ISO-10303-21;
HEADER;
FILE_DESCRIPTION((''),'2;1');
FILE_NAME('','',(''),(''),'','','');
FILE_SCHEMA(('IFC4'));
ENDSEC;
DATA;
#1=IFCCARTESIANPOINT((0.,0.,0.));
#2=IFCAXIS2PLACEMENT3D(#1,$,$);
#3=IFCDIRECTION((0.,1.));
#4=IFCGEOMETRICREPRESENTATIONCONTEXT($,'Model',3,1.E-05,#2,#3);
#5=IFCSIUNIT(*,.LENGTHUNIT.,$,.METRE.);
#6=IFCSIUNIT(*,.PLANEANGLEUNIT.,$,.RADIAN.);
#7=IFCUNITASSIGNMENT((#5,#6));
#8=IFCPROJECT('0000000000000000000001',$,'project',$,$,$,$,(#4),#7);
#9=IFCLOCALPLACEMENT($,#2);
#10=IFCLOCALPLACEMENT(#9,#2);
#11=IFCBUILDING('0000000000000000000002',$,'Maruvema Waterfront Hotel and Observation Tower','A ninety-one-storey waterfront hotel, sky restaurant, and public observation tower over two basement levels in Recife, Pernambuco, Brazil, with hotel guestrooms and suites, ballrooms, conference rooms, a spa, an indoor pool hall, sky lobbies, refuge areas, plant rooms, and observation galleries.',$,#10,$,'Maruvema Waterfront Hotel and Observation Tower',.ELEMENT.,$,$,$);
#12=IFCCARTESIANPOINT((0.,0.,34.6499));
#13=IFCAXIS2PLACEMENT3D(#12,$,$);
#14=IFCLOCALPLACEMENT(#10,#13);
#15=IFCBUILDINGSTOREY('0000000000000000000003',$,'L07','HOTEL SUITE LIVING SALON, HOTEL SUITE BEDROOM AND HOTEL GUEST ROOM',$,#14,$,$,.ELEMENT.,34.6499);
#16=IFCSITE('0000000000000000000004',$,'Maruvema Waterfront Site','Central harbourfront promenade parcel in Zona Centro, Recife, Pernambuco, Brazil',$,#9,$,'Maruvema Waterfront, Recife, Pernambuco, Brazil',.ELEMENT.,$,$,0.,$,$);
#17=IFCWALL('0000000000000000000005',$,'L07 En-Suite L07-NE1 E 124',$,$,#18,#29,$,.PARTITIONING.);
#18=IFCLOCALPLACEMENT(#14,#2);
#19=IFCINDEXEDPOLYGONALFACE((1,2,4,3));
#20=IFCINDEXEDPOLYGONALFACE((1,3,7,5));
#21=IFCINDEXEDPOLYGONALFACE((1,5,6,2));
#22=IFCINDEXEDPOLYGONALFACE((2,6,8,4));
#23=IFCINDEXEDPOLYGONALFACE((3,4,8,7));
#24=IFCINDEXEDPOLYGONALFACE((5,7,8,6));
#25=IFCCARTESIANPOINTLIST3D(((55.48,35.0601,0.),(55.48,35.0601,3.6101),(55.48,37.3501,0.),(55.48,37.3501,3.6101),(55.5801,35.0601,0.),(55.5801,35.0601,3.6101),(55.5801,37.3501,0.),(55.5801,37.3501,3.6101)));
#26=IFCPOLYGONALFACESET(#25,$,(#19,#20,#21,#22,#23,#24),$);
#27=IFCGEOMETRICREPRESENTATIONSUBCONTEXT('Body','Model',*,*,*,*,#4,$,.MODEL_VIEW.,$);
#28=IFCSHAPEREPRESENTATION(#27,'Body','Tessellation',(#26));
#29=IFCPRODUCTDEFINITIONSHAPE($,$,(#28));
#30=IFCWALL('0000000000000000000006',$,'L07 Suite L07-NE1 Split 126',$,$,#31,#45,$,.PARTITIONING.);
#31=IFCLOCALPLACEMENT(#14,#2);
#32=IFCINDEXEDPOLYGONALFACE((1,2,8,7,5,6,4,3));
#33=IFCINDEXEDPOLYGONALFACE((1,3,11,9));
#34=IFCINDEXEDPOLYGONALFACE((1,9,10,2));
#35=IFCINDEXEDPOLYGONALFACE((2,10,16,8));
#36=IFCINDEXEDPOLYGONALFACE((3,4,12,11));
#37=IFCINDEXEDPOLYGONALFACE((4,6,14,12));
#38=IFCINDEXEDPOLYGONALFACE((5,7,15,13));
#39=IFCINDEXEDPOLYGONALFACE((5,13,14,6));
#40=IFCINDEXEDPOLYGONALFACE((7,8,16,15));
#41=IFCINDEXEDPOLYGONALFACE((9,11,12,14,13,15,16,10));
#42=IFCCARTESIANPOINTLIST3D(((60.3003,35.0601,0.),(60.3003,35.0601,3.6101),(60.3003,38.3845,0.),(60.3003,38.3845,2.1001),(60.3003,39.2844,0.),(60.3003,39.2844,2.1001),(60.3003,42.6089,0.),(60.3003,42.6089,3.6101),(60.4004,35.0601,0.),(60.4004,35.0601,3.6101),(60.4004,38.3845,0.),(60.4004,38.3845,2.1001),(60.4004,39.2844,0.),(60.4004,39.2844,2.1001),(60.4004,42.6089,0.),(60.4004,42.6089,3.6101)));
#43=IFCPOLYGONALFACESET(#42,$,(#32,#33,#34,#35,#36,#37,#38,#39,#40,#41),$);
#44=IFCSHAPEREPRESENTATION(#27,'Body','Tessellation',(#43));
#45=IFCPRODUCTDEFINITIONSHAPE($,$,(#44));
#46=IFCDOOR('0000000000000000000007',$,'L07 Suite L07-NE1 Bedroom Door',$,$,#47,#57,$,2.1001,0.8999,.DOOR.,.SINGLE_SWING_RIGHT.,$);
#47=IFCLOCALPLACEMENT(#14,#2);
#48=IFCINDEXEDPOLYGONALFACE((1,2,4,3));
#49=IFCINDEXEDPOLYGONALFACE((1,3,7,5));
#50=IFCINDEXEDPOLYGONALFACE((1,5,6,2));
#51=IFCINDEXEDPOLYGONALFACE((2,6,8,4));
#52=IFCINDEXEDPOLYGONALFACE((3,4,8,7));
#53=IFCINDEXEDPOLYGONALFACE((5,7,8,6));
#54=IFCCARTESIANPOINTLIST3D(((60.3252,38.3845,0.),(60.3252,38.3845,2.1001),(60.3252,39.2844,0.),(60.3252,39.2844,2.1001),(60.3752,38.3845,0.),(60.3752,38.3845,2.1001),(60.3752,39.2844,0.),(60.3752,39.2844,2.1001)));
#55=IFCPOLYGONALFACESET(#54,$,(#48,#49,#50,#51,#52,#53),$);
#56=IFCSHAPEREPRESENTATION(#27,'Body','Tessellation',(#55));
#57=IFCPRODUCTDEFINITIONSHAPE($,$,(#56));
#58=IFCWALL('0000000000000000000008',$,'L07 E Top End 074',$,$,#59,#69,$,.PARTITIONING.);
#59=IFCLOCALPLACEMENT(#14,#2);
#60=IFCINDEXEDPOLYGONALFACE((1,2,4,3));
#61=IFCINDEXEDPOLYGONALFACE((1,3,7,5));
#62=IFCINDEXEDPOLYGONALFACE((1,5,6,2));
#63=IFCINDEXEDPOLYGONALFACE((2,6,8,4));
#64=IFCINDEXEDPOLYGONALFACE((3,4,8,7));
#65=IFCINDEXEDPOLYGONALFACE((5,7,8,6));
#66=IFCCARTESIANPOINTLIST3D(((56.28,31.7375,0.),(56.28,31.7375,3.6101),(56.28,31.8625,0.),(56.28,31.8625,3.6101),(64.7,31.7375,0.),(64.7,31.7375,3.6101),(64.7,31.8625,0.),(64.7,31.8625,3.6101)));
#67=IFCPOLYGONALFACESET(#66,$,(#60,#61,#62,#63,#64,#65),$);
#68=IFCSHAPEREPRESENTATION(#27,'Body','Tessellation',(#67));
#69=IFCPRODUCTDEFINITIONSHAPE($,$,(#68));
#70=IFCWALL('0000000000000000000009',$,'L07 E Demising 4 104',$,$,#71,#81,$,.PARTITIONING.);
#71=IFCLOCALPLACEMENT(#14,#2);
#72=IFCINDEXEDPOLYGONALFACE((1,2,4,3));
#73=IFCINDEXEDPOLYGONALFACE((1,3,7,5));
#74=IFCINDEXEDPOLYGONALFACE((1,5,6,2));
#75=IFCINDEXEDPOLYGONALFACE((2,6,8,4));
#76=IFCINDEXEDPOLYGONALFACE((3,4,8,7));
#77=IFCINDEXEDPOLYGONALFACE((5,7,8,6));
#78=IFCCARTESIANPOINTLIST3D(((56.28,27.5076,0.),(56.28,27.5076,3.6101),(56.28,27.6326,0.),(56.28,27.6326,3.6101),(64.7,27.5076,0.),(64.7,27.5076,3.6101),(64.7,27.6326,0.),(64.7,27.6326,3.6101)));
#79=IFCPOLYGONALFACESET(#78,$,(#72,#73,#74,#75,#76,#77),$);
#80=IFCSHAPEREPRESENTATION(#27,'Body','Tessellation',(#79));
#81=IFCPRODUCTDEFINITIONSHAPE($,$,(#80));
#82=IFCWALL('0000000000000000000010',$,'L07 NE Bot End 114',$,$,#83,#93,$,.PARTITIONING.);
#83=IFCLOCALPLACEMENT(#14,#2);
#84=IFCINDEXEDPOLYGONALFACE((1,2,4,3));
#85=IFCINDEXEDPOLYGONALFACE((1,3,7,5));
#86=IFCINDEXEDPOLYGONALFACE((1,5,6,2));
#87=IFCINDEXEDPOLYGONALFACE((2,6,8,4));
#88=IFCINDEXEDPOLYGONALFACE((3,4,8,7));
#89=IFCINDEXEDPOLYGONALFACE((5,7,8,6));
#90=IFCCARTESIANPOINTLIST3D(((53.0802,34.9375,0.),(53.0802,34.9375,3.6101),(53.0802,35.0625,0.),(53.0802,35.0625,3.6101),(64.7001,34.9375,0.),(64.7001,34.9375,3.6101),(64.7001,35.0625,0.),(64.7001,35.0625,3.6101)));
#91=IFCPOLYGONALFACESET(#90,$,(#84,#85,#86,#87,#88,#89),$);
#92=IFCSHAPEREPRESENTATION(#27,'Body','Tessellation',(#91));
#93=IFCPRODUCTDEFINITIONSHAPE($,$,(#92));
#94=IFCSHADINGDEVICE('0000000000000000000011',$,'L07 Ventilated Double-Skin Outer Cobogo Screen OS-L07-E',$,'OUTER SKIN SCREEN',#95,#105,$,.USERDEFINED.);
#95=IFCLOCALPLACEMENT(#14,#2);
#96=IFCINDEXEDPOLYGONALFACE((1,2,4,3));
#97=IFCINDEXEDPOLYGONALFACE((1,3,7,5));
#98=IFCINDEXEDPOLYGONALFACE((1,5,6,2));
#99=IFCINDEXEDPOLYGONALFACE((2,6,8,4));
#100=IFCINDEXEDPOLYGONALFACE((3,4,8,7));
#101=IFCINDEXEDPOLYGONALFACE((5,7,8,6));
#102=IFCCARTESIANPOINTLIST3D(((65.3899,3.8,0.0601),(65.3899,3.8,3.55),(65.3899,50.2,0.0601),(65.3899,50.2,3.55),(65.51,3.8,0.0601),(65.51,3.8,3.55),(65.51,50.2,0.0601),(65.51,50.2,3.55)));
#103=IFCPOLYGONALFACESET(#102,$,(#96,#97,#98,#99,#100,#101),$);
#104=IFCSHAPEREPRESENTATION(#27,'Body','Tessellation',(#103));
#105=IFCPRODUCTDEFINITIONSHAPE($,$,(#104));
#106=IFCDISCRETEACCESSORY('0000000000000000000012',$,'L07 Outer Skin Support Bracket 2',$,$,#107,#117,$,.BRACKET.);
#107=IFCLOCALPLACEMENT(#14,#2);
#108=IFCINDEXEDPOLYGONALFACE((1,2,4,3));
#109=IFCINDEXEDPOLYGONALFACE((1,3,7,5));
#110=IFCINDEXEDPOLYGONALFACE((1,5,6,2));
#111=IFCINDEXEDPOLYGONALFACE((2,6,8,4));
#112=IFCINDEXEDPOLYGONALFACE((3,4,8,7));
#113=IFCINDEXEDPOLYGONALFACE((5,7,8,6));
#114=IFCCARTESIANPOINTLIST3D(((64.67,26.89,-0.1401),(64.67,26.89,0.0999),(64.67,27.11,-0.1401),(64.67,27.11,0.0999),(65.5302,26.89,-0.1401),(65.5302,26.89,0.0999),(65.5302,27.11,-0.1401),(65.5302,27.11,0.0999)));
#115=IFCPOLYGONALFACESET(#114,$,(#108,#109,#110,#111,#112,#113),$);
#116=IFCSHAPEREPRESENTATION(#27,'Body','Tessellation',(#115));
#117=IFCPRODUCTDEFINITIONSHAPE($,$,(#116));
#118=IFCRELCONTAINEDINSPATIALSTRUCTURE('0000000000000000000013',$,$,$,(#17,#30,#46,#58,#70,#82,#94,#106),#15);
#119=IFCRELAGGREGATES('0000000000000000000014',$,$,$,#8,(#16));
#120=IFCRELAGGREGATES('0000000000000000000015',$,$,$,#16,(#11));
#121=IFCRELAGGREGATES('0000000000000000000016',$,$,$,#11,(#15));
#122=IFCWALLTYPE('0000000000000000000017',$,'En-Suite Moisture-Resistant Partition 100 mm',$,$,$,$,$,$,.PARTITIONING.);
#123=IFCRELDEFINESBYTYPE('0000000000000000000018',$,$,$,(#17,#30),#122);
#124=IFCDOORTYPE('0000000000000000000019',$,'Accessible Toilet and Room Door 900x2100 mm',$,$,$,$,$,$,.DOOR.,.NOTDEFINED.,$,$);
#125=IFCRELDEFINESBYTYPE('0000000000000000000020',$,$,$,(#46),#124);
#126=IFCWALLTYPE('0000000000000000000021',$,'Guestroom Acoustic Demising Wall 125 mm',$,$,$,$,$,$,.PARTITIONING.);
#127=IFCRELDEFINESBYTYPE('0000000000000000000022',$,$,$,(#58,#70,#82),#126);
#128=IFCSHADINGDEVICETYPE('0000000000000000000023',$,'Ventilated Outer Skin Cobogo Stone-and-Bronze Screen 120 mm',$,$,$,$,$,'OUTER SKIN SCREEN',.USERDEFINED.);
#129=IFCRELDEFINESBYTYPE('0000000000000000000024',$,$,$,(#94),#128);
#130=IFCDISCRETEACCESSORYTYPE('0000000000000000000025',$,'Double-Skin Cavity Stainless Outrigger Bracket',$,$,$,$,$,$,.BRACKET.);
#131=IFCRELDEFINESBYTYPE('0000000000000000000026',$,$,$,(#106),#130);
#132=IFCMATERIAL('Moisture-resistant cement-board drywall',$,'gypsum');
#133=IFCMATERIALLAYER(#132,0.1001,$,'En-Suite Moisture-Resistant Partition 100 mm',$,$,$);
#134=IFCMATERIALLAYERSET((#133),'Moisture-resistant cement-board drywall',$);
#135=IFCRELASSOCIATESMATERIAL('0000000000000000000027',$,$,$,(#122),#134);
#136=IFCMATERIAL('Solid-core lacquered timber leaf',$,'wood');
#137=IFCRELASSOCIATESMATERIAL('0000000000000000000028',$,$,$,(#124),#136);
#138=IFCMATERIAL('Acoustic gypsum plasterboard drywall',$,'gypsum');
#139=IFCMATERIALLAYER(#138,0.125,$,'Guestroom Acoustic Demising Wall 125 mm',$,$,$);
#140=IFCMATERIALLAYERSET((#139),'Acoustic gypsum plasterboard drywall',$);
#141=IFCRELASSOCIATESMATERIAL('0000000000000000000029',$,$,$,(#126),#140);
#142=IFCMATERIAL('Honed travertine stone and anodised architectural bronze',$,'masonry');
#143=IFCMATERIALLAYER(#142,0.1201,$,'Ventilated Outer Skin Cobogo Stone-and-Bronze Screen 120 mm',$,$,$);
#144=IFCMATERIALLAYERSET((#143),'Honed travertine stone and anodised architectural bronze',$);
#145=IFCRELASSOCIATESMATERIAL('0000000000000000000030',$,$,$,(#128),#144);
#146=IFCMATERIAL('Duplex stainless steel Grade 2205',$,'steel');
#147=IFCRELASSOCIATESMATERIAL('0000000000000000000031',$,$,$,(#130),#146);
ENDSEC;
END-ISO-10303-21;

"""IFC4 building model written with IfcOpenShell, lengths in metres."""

from ifc_helpers import new_model, si_unit, direction, frame, frame_2d, origin, origin_2d, place, context, subcontext, project, spatial, rectangle, extrude, material, layer, layer_set, type_object, element, fill, save


model = new_model("IFC4")

# Units and contexts
model_context = context("Model", 3, precision=1e-05, world=origin(), true_north=direction((0.0, 1.0)))
body_context = subcontext(model_context, "Body", "Model", "MODEL_VIEW")
ifc_project = project(units=[si_unit("LENGTHUNIT", "METRE"), si_unit("PLANEANGLEUNIT", "RADIAN")], contexts=[model_context])

# Site, building, storey
site_placement = place(None, origin())
site = spatial("IfcSite", under=ifc_project, at=site_placement, Name="Maruvema Waterfront Site", Description="Central harbourfront promenade parcel in Zona Centro, Recife, Pernambuco, Brazil", LongName="Maruvema Waterfront, Recife, Pernambuco, Brazil", CompositionType="ELEMENT", RefElevation=0.0)
building_placement = place(site_placement, origin())
building = spatial("IfcBuilding", under=site, at=building_placement, Name="Maruvema Waterfront Hotel and Observation Tower", Description="A ninety-one-storey waterfront hotel, sky restaurant, and public observation tower over two basement levels in Recife, Pernambuco, Brazil, with hotel guestrooms and suites, ballrooms, conference rooms, a spa, an indoor pool hall, sky lobbies, refuge areas, plant rooms, and observation galleries.", LongName="Maruvema Waterfront Hotel and Observation Tower", CompositionType="ELEMENT")
storey_placement = place(building_placement, frame((0.0, 0.0, 34.6499)))
storey = spatial("IfcBuildingStorey", under=building, at=storey_placement, Name="L07", Description="HOTEL SUITE LIVING SALON, HOTEL SUITE BEDROOM AND HOTEL GUEST ROOM", CompositionType="ELEMENT", Elevation=34.6499)

# Shared definitions
ifc_material_1 = material(Name="Moisture-resistant cement-board drywall", Category="gypsum")
ifc_layer_1 = layer(ifc_material_1, 0.1001, Name="En-Suite Moisture-Resistant Partition 100 mm")
ifc_layer_set_1 = layer_set([ifc_layer_1], Name="Moisture-resistant cement-board drywall")
wall_type_1 = type_object("IfcWallType", Name="En-Suite Moisture-Resistant Partition 100 mm", PredefinedType="PARTITIONING", material=ifc_layer_set_1)

# Wall
wall_1_placement = place(storey_placement, frame((55.53, 35.0601, 0.0), z_axis=(0.0, 0.0, 1.0), x_axis=(0.0, 1.0, 0.0)))
element("IfcWall", 1, at=wall_1_placement, inside=storey, type_object=wall_type_1, Name="L07 En-Suite L07-NE1 E 124", PredefinedType="PARTITIONING", context=body_context, shape_type="SweptSolid", body=[
    extrude(rectangle(XDim=2.29, YDim=0.1001, at=frame_2d((1.145, 0.0))), origin(), (0.0, 0.0, 1.0), 3.6101),
])

# Wall, opening, door
wall_2_placement = place(storey_placement, frame((60.3503, 35.0601, 0.0), z_axis=(0.0, 0.0, 1.0), x_axis=(0.0, 1.0, 0.0)))
wall_2 = element("IfcWall", 2, at=wall_2_placement, inside=storey, type_object=wall_type_1, Name="L07 Suite L07-NE1 Split 126", PredefinedType="PARTITIONING", context=body_context, shape_type="SweptSolid", body=[
    extrude(rectangle(XDim=7.5488, YDim=0.1001, at=frame_2d((3.7744, 0.0))), origin(), (0.0, 0.0, 1.0), 3.6101),
])
opening_1_placement = place(wall_2_placement, frame((3.3245, 0.0, 0.0)))
opening_1 = element("IfcOpeningElement", 3, at=opening_1_placement, cuts=wall_2, PredefinedType="OPENING", context=body_context, shape_type="SweptSolid", body=[
    extrude(rectangle(XDim=0.8999, YDim=2.1001, at=frame_2d((0.45, 1.05))), frame((0.0, 0.0601, 0.0), z_axis=(0.0, -1.0, 0.0), x_axis=(1.0, 0.0, 0.0)), (0.0, 0.0, 1.0), 0.1201),
])
ifc_material_2 = material(Name="Solid-core lacquered timber leaf", Category="wood")
door_type_1 = type_object("IfcDoorType", Name="Accessible Toilet and Room Door 900x2100 mm", OperationType="NOTDEFINED", PredefinedType="DOOR", material=ifc_material_2)
door_1_placement = place(opening_1_placement, frame((0.8999, 0.0, 0.0), z_axis=(0.0, 0.0, 1.0), x_axis=(-1.0, 0.0, 0.0)))
door_1 = element("IfcDoor", 4, at=door_1_placement, inside=storey, type_object=door_type_1, Name="L07 Suite L07-NE1 Bedroom Door", OperationType="SINGLE_SWING_RIGHT", OverallHeight=2.1001, OverallWidth=0.8999, PredefinedType="DOOR", context=body_context, shape_type="SweptSolid", body=[
    extrude(rectangle(XDim=0.8999, YDim=2.1001, at=frame_2d((0.45, 1.05))), frame((0.0, 0.0249, 0.0), z_axis=(0.0, -1.0, 0.0), x_axis=(1.0, 0.0, 0.0)), (0.0, 0.0, 1.0), 0.05),
])
fill(opening_1, door_1)

# Walls
ifc_material_3 = material(Name="Acoustic gypsum plasterboard drywall", Category="gypsum")
ifc_layer_2 = layer(ifc_material_3, 0.125, Name="Guestroom Acoustic Demising Wall 125 mm")
ifc_layer_set_2 = layer_set([ifc_layer_2], Name="Acoustic gypsum plasterboard drywall")
wall_type_2 = type_object("IfcWallType", Name="Guestroom Acoustic Demising Wall 125 mm", PredefinedType="PARTITIONING", material=ifc_layer_set_2)
for number, where, z_axis, x_axis, name in (
    (5, (56.28, 31.8, 0.0), (0.0, 0.0, 1.0), (1.0, 0.0, 0.0), "L07 E Top End 074"),
    (6, (56.28, 27.5701, 0.0), (0.0, 0.0, 1.0), (1.0, 0.0, 0.0), "L07 E Demising 4 104"),
):
    element("IfcWall", number, at=place(storey_placement, frame(where, z_axis=z_axis, x_axis=x_axis)), inside=storey, type_object=wall_type_2, Name=name, PredefinedType="PARTITIONING", context=body_context, shape_type="SweptSolid", body=[
        extrude(rectangle(XDim=8.4199, YDim=0.125, at=frame_2d((4.21, 0.0))), origin(), (0.0, 0.0, 1.0), 3.6101),
    ])
wall_3_placement = place(storey_placement, frame((53.0801, 35.0, 0.0), z_axis=(0.0, 0.0, 1.0), x_axis=(1.0, 0.0, 0.0)))
element("IfcWall", 7, at=wall_3_placement, inside=storey, type_object=wall_type_2, Name="L07 NE Bot End 114", PredefinedType="PARTITIONING", context=body_context, shape_type="SweptSolid", body=[
    extrude(rectangle(XDim=11.6199, YDim=0.125, at=frame_2d((5.8101, 0.0))), origin(), (0.0, 0.0, 1.0), 3.6101),
])

# Shading device
ifc_material_4 = material(Name="Honed travertine stone and anodised architectural bronze", Category="masonry")
ifc_layer_3 = layer(ifc_material_4, 0.1201, Name="Ventilated Outer Skin Cobogo Stone-and-Bronze Screen 120 mm")
ifc_layer_set_3 = layer_set([ifc_layer_3], Name="Honed travertine stone and anodised architectural bronze")
shading_device_type = type_object("IfcShadingDeviceType", Name="Ventilated Outer Skin Cobogo Stone-and-Bronze Screen 120 mm", ElementType="OUTER SKIN SCREEN", PredefinedType="USERDEFINED", material=ifc_layer_set_3)
shading_device_placement = place(storey_placement, frame((65.45, 27.0, 0.0601), z_axis=(0.0, 0.0, 1.0), x_axis=(0.0, 1.0, 0.0)))
element("IfcShadingDevice", 8, at=shading_device_placement, inside=storey, type_object=shading_device_type, Name="L07 Ventilated Double-Skin Outer Cobogo Screen OS-L07-E", ObjectType="OUTER SKIN SCREEN", PredefinedType="USERDEFINED", context=body_context, shape_type="SweptSolid", body=[
    extrude(rectangle(XDim=46.3999, YDim=0.1201, at=origin_2d()), origin(), (0.0, 0.0, 1.0), 3.49),
])

# Discrete accessory
ifc_material_5 = material(Name="Duplex stainless steel Grade 2205", Category="steel")
discrete_accessory_type = type_object("IfcDiscreteAccessoryType", Name="Double-Skin Cavity Stainless Outrigger Bracket", PredefinedType="BRACKET", material=ifc_material_5)
discrete_accessory_placement = place(storey_placement, frame((65.1001, 27.0, -0.1401), z_axis=(0.0, 0.0, 1.0), x_axis=(0.0, 1.0, 0.0)))
element("IfcDiscreteAccessory", 9, at=discrete_accessory_placement, inside=storey, type_object=discrete_accessory_type, Name="L07 Outer Skin Support Bracket 2", PredefinedType="BRACKET", context=body_context, shape_type="SweptSolid", body=[
    extrude(rectangle(XDim=0.22, YDim=0.8601, at=origin_2d()), origin(), (0.0, 0.0, 1.0), 0.24),
])

save(model, "model.ifc")
